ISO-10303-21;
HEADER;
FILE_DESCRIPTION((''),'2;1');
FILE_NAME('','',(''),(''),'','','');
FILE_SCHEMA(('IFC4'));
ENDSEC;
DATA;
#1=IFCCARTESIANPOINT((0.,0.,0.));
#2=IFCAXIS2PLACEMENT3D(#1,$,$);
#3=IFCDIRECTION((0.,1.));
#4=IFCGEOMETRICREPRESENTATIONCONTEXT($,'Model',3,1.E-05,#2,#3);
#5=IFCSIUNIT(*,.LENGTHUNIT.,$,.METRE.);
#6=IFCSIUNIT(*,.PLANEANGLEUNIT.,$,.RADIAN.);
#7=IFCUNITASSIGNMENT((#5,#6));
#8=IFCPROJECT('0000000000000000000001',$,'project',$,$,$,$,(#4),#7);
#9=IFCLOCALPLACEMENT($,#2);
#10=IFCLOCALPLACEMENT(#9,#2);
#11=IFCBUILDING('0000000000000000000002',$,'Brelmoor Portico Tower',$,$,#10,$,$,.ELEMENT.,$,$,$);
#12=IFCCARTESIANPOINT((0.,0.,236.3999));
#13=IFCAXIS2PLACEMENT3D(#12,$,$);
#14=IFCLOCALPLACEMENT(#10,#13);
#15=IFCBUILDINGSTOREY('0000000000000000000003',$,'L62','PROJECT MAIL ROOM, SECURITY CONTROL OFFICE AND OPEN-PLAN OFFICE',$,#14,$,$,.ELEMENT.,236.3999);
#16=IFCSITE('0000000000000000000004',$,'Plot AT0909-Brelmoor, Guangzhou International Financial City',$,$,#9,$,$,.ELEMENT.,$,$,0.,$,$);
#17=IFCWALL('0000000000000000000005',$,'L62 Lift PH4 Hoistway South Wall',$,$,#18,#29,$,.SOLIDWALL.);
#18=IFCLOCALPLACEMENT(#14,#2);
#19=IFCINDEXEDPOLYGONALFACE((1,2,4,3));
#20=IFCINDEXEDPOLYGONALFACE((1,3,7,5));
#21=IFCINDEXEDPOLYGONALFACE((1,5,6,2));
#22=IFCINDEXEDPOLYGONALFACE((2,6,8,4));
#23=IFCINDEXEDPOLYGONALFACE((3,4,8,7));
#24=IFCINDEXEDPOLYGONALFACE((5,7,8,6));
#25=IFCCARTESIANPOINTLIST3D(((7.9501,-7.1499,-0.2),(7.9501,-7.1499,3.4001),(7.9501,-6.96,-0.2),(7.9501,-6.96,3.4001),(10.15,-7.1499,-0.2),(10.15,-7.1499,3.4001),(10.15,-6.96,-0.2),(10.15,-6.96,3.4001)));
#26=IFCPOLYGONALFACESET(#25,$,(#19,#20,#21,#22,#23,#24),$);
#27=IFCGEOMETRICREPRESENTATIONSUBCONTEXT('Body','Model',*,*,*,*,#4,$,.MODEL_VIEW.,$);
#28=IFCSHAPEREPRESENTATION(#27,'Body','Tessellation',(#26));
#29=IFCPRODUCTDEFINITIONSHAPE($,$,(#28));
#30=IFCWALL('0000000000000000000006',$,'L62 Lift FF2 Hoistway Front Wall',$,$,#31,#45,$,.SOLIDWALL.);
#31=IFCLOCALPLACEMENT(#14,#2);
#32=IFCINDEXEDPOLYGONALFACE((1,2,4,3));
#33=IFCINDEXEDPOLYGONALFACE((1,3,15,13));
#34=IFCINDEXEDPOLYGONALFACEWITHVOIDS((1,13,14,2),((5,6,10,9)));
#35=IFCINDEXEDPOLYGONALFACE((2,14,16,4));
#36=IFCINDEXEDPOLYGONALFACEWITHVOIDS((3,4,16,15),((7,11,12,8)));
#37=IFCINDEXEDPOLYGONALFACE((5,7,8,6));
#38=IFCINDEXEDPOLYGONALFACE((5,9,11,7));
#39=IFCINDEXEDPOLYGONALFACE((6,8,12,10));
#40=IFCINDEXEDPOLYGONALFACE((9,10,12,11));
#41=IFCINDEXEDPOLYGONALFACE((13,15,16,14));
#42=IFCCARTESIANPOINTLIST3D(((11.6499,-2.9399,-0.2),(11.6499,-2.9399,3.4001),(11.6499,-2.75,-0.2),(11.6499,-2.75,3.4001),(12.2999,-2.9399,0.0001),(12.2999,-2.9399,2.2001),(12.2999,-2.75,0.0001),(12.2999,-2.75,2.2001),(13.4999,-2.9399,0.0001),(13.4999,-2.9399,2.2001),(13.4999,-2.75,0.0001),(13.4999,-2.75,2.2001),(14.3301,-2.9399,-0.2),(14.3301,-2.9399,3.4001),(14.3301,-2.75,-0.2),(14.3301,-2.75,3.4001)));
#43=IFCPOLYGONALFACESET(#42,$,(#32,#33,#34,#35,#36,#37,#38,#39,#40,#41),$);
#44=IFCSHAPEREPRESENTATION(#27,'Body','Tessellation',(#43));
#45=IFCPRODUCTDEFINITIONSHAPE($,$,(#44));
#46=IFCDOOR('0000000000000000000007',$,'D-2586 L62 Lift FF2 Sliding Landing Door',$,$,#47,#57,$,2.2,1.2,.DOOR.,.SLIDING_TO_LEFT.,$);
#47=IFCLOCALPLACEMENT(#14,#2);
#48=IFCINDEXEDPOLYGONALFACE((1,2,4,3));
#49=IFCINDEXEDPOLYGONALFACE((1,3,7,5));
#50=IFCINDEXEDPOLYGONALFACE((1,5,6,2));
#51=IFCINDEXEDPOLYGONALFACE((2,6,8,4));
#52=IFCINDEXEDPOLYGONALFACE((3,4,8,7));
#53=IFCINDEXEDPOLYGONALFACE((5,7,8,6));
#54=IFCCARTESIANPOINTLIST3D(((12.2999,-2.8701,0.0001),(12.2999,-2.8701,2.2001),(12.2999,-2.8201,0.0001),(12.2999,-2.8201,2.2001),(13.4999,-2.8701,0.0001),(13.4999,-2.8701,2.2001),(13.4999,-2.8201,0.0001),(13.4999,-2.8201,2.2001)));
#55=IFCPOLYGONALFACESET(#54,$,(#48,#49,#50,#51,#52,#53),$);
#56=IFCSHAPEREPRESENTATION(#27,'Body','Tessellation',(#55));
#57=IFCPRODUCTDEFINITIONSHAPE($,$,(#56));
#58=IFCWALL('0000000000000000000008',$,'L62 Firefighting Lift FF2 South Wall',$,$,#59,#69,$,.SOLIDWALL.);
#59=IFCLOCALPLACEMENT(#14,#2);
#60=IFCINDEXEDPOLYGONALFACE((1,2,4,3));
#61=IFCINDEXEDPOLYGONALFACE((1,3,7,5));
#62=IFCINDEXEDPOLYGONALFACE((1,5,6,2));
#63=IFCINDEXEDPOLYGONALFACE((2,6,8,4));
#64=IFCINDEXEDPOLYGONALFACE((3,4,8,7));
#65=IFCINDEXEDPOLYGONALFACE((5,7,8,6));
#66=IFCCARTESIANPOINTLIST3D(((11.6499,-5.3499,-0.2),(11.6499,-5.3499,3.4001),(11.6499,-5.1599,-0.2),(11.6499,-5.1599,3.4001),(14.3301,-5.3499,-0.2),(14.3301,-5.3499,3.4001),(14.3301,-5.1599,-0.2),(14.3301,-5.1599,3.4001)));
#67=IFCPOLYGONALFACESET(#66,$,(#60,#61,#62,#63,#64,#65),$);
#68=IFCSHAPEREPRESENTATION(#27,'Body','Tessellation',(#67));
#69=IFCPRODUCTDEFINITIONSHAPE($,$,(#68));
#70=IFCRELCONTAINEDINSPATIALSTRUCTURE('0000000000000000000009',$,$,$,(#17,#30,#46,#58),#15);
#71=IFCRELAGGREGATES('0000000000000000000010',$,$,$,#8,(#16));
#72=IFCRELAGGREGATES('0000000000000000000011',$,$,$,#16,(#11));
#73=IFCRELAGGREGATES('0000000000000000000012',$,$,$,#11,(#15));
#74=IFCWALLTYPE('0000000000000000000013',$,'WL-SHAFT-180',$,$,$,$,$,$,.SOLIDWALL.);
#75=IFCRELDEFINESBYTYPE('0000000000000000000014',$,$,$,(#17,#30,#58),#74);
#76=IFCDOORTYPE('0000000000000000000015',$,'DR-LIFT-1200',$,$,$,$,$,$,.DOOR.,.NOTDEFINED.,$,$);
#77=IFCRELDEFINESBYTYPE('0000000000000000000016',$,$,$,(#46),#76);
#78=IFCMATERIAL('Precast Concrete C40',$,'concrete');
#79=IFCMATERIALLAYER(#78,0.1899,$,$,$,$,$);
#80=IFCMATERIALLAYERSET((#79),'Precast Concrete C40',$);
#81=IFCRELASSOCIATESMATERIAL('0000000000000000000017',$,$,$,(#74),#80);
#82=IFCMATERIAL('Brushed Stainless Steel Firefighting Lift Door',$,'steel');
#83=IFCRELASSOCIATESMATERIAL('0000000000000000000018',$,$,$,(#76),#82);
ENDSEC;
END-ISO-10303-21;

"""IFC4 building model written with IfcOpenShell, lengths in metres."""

from ifc_helpers import new_model, si_unit, direction, frame, frame_2d, origin, place, context, subcontext, project, spatial, rectangle, extrude, material, layer, layer_set, type_object, element, fill, save


model = new_model("IFC4")

# Units and contexts
model_context = context("Model", 3, precision=1e-05, world=origin(), true_north=direction((0.0, 1.0)))
body_context = subcontext(model_context, "Body", "Model", "MODEL_VIEW")
ifc_project = project(units=[si_unit("LENGTHUNIT", "METRE"), si_unit("PLANEANGLEUNIT", "RADIAN")], contexts=[model_context])

# Site, building, storey
site_placement = place(None, origin())
site = spatial("IfcSite", under=ifc_project, at=site_placement, Name="Plot AT0909-Brelmoor, Guangzhou International Financial City", CompositionType="ELEMENT", RefElevation=0.0)
building_placement = place(site_placement, origin())
building = spatial("IfcBuilding", under=site, at=building_placement, Name="Brelmoor Portico Tower", CompositionType="ELEMENT")
storey_placement = place(building_placement, frame((0.0, 0.0, 236.3999)))
storey = spatial("IfcBuildingStorey", under=building, at=storey_placement, Name="L62", Description="PROJECT MAIL ROOM, SECURITY CONTROL OFFICE AND OPEN-PLAN OFFICE", CompositionType="ELEMENT", Elevation=236.3999)

# Shared definitions
ifc_material_1 = material(Name="Precast Concrete C40", Category="concrete")
ifc_layer_1 = layer(ifc_material_1, 0.1899)
ifc_layer_set_1 = layer_set([ifc_layer_1], Name="Precast Concrete C40")
wall_type_1 = type_object("IfcWallType", Name="WL-SHAFT-180", PredefinedType="SOLIDWALL", material=ifc_layer_set_1)

# Wall
for number, where, z_axis, x_axis, name in (
    (1, (7.95, -7.0549, -0.2), (0.0, 0.0, 1.0), (1.0, 0.0, 0.0), "L62 Lift PH4 Hoistway South Wall"),
):
    element("IfcWall", number, at=place(storey_placement, frame(where, z_axis=z_axis, x_axis=x_axis)), inside=storey, type_object=wall_type_1, Name=name, PredefinedType="SOLIDWALL", context=body_context, shape_type="SweptSolid", body=[
        extrude(rectangle(XDim=2.2, YDim=0.1899, at=frame_2d((1.1001, 0.0))), origin(), (0.0, 0.0, 1.0), 3.6001),
    ])

# Wall, opening, door
wall_1_placement = place(storey_placement, frame((11.6499, -2.845, -0.2), z_axis=(0.0, 0.0, 1.0), x_axis=(1.0, 0.0, 0.0)))
wall_1 = element("IfcWall", 2, at=wall_1_placement, inside=storey, type_object=wall_type_1, Name="L62 Lift FF2 Hoistway Front Wall", PredefinedType="SOLIDWALL", context=body_context, shape_type="SweptSolid", body=[
    extrude(rectangle(XDim=2.6802, YDim=0.1899, at=frame_2d((1.3401, 0.0))), origin(), (0.0, 0.0, 1.0), 3.6001),
])
opening_1_placement = place(wall_1_placement, frame((0.6499, 0.0, 0.2)))
opening_1 = element("IfcOpeningElement", 3, at=opening_1_placement, cuts=wall_1, PredefinedType="OPENING", context=body_context, shape_type="SweptSolid", body=[
    extrude(rectangle(XDim=1.2, YDim=2.2, at=frame_2d((0.6001, 1.1001))), frame((0.0, 0.105, 0.0), z_axis=(0.0, -1.0, 0.0), x_axis=(1.0, 0.0, 0.0)), (0.0, 0.0, 1.0), 0.21),
])
ifc_material_2 = material(Name="Brushed Stainless Steel Firefighting Lift Door", Category="steel")
door_type_1 = type_object("IfcDoorType", Name="DR-LIFT-1200", OperationType="NOTDEFINED", PredefinedType="DOOR", material=ifc_material_2)
door_1_placement = place(opening_1_placement, origin())
door_1 = element("IfcDoor", 4, at=door_1_placement, inside=storey, type_object=door_type_1, Name="D-2586 L62 Lift FF2 Sliding Landing Door", OperationType="SLIDING_TO_LEFT", OverallHeight=2.2, OverallWidth=1.2, PredefinedType="DOOR", context=body_context, shape_type="SweptSolid", body=[
    extrude(rectangle(XDim=1.2, YDim=2.2, at=frame_2d((0.6001, 1.1001))), frame((0.0, 0.0249, 0.0), z_axis=(0.0, -1.0, 0.0), x_axis=(1.0, 0.0, 0.0)), (0.0, 0.0, 1.0), 0.05),
])
fill(opening_1, door_1)

# Wall
wall_2_placement = place(storey_placement, frame((11.6499, -5.2549, -0.2), z_axis=(0.0, 0.0, 1.0), x_axis=(1.0, 0.0, 0.0)))
element("IfcWall", 5, at=wall_2_placement, inside=storey, type_object=wall_type_1, Name="L62 Firefighting Lift FF2 South Wall", PredefinedType="SOLIDWALL", context=body_context, shape_type="SweptSolid", body=[
    extrude(rectangle(XDim=2.6802, YDim=0.1899, at=frame_2d((1.3401, 0.0))), origin(), (0.0, 0.0, 1.0), 3.6001),
])

save(model, "model.ifc")
